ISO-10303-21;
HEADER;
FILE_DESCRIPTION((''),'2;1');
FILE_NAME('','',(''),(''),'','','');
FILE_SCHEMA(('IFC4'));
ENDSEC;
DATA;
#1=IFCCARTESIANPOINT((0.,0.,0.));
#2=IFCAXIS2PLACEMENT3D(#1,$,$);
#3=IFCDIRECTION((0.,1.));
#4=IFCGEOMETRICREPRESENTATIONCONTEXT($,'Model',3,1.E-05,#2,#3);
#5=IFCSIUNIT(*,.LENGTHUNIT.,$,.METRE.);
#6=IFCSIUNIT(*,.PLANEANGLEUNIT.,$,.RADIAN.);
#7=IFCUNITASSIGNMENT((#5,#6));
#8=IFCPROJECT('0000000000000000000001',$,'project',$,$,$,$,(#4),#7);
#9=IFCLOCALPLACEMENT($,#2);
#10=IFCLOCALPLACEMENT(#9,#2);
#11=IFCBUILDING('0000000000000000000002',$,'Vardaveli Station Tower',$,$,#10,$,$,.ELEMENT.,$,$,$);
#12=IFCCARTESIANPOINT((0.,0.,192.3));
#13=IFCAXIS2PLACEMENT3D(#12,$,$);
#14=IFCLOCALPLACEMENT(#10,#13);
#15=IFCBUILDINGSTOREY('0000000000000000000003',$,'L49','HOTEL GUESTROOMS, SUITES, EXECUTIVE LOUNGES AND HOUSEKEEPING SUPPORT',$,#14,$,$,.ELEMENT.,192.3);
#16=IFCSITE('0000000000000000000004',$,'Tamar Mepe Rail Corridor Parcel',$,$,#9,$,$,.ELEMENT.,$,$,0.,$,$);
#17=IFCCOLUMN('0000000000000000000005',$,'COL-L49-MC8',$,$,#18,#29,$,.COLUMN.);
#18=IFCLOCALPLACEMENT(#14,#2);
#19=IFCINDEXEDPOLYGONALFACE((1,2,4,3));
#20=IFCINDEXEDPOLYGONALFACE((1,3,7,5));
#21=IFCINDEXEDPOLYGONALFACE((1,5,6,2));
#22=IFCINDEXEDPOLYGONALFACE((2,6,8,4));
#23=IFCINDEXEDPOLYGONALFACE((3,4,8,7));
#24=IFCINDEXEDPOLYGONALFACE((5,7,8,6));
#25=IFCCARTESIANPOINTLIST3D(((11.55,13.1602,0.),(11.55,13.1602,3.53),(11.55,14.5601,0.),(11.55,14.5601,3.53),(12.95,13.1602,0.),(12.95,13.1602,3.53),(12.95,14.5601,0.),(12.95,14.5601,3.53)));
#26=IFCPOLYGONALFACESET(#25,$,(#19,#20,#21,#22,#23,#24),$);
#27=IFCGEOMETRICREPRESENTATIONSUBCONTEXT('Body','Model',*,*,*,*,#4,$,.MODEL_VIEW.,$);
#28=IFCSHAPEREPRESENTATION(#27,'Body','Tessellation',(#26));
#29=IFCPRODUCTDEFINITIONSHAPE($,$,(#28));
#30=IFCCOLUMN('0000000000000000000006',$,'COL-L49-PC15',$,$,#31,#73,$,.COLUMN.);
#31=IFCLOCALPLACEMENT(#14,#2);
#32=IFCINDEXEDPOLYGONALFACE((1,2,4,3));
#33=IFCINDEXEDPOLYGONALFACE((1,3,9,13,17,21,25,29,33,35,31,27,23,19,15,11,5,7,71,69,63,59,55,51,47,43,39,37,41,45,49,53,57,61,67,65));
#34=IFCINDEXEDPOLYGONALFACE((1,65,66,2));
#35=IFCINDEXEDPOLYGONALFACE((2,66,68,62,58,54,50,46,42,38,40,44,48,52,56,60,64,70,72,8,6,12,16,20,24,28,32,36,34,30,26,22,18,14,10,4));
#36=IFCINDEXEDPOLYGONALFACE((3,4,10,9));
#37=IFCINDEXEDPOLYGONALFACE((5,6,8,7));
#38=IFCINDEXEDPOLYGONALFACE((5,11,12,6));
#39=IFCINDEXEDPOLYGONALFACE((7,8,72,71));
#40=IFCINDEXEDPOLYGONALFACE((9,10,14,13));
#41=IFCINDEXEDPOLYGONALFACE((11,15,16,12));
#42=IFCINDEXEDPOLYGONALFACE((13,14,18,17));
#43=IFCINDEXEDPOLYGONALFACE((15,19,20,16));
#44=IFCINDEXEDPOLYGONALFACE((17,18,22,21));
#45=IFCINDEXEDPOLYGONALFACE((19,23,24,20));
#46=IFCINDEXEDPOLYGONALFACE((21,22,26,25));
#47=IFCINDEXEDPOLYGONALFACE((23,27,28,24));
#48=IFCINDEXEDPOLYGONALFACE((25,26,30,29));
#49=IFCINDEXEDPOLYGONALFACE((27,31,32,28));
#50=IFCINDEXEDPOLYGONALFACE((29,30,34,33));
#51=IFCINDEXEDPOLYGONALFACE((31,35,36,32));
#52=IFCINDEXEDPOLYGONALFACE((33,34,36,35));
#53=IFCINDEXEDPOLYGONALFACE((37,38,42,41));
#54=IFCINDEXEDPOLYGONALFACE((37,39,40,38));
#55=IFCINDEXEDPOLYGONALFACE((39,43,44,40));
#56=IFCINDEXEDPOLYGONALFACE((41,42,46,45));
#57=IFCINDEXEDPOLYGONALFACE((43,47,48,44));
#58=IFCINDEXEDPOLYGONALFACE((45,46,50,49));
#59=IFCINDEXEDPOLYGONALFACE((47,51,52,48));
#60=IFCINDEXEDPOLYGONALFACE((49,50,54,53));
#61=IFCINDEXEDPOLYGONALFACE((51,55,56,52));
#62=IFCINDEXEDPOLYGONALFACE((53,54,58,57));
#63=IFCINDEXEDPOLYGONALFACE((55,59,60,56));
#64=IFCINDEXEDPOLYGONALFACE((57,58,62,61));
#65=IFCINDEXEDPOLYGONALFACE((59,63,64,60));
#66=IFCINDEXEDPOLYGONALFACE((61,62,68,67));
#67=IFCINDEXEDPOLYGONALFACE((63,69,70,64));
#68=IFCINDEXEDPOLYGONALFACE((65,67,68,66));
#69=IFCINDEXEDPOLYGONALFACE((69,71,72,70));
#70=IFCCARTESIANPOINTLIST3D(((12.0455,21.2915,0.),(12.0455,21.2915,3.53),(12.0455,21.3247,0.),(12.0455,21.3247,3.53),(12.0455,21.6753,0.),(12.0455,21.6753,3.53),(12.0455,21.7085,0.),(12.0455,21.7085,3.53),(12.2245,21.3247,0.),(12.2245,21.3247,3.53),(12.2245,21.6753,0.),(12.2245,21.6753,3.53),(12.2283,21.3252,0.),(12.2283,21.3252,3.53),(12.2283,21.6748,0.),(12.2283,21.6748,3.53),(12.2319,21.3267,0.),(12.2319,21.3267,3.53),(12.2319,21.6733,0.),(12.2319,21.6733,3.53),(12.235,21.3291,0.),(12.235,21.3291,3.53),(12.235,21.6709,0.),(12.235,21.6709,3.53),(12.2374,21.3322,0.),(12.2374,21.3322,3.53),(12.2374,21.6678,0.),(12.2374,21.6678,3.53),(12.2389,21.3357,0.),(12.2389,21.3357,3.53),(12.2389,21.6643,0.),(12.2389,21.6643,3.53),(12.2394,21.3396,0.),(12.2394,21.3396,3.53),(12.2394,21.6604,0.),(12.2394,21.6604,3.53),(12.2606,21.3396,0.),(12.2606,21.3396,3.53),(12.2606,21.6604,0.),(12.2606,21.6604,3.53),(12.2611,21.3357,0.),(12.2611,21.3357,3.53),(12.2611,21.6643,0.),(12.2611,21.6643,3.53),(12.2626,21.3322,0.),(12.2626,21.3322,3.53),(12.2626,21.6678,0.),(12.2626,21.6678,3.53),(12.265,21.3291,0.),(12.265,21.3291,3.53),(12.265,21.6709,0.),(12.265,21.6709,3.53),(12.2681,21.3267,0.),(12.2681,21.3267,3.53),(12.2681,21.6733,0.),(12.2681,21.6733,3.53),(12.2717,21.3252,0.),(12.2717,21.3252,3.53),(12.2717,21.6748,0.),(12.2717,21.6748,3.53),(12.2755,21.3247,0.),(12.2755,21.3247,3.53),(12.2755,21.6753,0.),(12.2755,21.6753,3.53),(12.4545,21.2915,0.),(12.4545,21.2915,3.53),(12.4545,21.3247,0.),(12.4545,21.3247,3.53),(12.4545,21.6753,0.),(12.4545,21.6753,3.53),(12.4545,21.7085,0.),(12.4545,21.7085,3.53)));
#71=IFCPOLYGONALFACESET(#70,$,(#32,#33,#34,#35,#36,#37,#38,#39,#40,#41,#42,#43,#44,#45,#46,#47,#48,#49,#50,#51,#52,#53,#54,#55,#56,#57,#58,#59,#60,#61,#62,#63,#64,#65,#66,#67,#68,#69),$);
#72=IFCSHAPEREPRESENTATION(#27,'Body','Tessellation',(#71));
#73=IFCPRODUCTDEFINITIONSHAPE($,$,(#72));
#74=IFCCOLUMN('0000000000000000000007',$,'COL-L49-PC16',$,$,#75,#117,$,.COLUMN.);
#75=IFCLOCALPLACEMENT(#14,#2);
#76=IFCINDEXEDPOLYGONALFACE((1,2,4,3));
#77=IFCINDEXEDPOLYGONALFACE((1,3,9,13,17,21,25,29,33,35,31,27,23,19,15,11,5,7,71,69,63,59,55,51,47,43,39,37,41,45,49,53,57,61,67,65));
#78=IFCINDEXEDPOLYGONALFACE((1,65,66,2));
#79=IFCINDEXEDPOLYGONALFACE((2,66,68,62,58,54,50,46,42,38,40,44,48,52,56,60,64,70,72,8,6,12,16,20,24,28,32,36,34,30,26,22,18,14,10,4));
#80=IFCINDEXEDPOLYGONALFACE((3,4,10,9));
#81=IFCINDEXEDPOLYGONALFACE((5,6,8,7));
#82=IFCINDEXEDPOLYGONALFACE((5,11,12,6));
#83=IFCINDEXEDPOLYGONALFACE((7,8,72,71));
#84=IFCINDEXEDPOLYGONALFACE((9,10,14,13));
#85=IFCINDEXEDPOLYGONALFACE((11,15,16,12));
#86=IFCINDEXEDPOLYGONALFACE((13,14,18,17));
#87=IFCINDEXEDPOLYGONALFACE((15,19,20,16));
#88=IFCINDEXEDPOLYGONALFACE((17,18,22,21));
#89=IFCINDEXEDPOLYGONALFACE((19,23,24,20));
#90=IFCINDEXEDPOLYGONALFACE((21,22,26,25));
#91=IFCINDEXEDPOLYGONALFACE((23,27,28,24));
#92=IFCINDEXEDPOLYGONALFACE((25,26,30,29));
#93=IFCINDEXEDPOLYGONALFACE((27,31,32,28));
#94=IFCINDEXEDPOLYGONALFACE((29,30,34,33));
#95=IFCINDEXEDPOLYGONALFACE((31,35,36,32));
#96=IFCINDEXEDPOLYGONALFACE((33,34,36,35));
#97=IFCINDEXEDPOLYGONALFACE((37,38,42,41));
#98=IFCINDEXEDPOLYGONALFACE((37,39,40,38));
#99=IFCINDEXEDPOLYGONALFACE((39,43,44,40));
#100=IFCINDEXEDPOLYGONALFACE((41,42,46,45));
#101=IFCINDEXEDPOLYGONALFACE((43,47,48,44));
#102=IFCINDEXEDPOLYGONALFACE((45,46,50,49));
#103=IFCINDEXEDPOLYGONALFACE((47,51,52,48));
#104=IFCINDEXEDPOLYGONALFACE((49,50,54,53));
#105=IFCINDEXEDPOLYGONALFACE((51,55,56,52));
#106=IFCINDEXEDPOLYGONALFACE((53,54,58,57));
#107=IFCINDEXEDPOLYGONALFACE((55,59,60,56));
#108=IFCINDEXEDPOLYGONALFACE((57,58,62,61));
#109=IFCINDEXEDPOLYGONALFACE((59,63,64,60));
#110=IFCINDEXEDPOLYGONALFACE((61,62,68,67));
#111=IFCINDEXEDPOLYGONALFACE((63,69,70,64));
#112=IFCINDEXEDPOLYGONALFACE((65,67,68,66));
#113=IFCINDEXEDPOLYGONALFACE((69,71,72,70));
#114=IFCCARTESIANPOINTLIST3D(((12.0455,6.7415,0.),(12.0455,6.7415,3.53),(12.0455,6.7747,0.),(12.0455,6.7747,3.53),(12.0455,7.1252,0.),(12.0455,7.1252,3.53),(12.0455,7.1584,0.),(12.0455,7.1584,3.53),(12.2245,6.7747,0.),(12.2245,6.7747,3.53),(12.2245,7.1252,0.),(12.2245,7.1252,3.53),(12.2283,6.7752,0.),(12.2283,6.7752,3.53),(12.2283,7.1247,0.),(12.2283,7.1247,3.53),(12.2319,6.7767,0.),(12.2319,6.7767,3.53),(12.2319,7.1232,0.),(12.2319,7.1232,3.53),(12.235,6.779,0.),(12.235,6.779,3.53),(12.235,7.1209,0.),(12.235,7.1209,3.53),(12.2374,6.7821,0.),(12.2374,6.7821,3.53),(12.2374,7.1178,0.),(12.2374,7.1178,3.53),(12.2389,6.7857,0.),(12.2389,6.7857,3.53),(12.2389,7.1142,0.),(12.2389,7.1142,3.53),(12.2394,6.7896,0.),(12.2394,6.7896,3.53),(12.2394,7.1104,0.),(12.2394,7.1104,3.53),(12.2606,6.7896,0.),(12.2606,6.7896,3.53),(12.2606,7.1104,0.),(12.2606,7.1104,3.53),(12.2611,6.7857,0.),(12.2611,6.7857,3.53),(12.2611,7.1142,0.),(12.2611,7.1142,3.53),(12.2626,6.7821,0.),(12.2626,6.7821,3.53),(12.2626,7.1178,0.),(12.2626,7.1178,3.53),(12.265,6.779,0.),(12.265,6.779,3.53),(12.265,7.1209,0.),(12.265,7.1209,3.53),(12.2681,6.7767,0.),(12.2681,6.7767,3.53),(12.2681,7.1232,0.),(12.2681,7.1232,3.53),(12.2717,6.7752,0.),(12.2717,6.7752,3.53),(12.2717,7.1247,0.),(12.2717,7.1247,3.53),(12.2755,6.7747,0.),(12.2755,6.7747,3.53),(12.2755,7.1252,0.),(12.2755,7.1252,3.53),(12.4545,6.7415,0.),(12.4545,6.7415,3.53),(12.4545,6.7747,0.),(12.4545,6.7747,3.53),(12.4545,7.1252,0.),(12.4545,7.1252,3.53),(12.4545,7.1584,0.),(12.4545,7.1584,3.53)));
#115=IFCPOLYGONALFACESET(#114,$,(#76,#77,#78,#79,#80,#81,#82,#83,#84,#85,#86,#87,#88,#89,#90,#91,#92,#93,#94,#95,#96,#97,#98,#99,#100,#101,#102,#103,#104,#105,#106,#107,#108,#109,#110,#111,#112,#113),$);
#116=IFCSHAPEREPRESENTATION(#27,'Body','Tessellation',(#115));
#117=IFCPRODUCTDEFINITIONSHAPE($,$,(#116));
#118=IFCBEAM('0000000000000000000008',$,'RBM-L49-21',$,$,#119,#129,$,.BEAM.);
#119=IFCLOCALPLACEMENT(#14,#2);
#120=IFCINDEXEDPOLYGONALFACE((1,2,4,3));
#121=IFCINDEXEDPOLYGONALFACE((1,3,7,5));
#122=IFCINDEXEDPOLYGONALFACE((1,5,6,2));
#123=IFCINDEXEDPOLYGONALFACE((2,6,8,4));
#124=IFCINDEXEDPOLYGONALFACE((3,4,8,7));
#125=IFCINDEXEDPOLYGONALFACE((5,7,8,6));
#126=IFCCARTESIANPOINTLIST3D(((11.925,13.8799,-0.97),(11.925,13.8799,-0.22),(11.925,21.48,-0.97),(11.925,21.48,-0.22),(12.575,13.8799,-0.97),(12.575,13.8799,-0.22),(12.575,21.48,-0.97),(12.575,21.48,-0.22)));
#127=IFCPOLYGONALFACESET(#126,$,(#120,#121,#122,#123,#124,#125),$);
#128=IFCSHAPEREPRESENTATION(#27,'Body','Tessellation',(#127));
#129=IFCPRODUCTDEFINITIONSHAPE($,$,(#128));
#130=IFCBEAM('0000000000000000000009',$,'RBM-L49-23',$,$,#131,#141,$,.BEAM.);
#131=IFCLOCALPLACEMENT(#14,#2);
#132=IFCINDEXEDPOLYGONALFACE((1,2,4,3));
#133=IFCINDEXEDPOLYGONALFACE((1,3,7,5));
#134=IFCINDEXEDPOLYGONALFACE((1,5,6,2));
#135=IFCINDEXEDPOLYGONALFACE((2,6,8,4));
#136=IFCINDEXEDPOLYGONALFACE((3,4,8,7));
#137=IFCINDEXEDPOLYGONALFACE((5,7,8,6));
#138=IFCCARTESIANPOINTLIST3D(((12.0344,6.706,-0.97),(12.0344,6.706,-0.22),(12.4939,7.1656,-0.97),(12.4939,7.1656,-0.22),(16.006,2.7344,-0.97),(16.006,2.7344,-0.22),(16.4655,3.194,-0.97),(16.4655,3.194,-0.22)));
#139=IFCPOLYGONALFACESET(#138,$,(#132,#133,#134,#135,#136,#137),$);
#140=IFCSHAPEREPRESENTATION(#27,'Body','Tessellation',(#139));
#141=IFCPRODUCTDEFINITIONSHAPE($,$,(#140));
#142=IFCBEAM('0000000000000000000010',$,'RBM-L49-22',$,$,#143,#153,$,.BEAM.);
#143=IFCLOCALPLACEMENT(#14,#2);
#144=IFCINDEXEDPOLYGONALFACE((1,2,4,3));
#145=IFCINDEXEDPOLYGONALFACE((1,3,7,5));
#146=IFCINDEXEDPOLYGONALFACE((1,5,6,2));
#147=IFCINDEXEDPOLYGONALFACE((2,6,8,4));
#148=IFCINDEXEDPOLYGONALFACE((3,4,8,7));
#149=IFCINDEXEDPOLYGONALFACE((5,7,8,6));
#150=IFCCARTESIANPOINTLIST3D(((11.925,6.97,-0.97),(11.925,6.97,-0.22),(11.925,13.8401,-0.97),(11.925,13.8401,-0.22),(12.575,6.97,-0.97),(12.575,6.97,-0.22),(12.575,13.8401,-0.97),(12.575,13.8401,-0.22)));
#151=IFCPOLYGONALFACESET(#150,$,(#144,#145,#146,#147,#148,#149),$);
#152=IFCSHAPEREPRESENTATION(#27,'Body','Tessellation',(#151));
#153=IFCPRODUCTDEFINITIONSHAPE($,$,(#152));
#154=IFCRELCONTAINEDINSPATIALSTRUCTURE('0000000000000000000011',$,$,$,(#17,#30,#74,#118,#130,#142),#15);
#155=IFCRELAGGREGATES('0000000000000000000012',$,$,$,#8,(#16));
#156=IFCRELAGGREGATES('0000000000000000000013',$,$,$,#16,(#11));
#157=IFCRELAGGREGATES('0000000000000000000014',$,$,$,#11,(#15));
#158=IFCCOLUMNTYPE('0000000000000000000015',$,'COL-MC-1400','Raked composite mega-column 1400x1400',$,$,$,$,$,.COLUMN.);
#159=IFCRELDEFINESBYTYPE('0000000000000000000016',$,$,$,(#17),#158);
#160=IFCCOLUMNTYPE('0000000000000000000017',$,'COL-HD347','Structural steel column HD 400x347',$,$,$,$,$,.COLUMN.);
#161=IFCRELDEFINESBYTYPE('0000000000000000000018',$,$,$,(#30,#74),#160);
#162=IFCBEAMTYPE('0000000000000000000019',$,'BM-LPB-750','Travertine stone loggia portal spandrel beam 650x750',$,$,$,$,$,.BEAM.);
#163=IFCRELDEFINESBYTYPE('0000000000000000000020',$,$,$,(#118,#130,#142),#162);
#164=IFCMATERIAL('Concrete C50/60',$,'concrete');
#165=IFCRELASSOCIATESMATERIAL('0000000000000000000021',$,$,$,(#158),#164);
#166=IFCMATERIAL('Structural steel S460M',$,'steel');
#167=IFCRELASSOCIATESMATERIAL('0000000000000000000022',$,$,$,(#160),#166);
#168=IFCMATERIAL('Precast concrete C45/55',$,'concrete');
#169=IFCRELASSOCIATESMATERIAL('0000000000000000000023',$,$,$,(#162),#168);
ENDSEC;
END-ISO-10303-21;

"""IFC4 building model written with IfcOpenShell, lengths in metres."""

from ifc_helpers import new_model, si_unit, direction, frame, origin, origin_2d, place, context, subcontext, project, spatial, rectangle, i_section, extrude, source, transform, mapped, material, material_profile, profile_set, type_object, element, save


model = new_model("IFC4")

# Units and contexts
model_context = context("Model", 3, precision=1e-05, world=origin(), true_north=direction((0.0, 1.0)))
body_context = subcontext(model_context, "Body", "Model", "MODEL_VIEW")
ifc_project = project(units=[si_unit("LENGTHUNIT", "METRE"), si_unit("PLANEANGLEUNIT", "RADIAN")], contexts=[model_context])

# Site, building, storey
site_placement = place(None, origin())
site = spatial("IfcSite", under=ifc_project, at=site_placement, Name="Tamar Mepe Rail Corridor Parcel", CompositionType="ELEMENT", RefElevation=0.0)
building_placement = place(site_placement, origin())
building = spatial("IfcBuilding", under=site, at=building_placement, Name="Vardaveli Station Tower", CompositionType="ELEMENT")
storey_placement = place(building_placement, frame((0.0, 0.0, 192.3)))
storey = spatial("IfcBuildingStorey", under=building, at=storey_placement, Name="L49", Description="HOTEL GUESTROOMS, SUITES, EXECUTIVE LOUNGES AND HOUSEKEEPING SUPPORT", CompositionType="ELEMENT", Elevation=192.3)

# Columns
ifc_material_1 = material(Name="Concrete C50/60", Category="concrete")
ifc_material_profile_1 = material_profile(ifc_material_1, rectangle(XDim=1.3999, YDim=1.3999, at=origin_2d()), Name="MC 1400x1400")
ifc_profile_set_1 = profile_set([ifc_material_profile_1], Name="Concrete C50/60")
column_type_1 = type_object("IfcColumnType", Name="COL-MC-1400", Description="Raked composite mega-column 1400x1400", PredefinedType="COLUMN", material=ifc_profile_set_1)
shared_shape_1 = source(origin(), body_context, "Body", "SweptSolid", [
    extrude(rectangle(XDim=1.3999, YDim=1.3999, at=origin_2d()), origin(), (0.0, 0.0, 1.0), 3.53),
])
column_placement = place(storey_placement, frame((12.25, 13.8601, 0.0), z_axis=(0.0, 0.0, 1.0), x_axis=(1.0, 0.0, 0.0)))
element("IfcColumn", 1, at=column_placement, inside=storey, type_object=column_type_1, Name="COL-L49-MC8", PredefinedType="COLUMN", context=body_context, shape_type="MappedRepresentation", body=[
    mapped(shared_shape_1, transform((0.0, 0.0, 0.0), scale=1.0)),
])
ifc_material_2 = material(Name="Structural steel S460M", Category="steel")
ifc_material_profile_2 = material_profile(ifc_material_2, i_section(OverallWidth=0.4089, OverallDepth=0.417, WebThickness=0.0212, FlangeThickness=0.0332, FilletRadius=0.0149, at=origin_2d()), Name="HD 400x347")
ifc_profile_set_2 = profile_set([ifc_material_profile_2], Name="Structural steel S460M")
column_type_2 = type_object("IfcColumnType", Name="COL-HD347", Description="Structural steel column HD 400x347", PredefinedType="COLUMN", material=ifc_profile_set_2)
shared_shape_2 = source(origin(), body_context, "Body", "SweptSolid", [
    extrude(i_section(OverallWidth=0.4089, OverallDepth=0.417, WebThickness=0.0212, FlangeThickness=0.0332, FilletRadius=0.0149, at=origin_2d()), origin(), (0.0, 0.0, 1.0), 3.53),
])
for number, where, z_axis, x_axis, name in (
    (2, (12.25, 21.5, 0.0), (0.0, 0.0, 1.0), (1.0, 0.0, 0.0), "COL-L49-PC15"),
    (3, (12.25, 6.95, 0.0), (0.0, 0.0, 1.0), (1.0, 0.0, 0.0), "COL-L49-PC16"),
):
    element("IfcColumn", number, at=place(storey_placement, frame(where, z_axis=z_axis, x_axis=x_axis)), inside=storey, type_object=column_type_2, Name=name, PredefinedType="COLUMN", context=body_context, shape_type="MappedRepresentation", body=[
        mapped(shared_shape_2, transform((0.0, 0.0, 0.0), scale=1.0)),
    ])

# Beams
ifc_material_3 = material(Name="Precast concrete C45/55", Category="concrete")
ifc_material_profile_3 = material_profile(ifc_material_3, rectangle(XDim=0.6499, YDim=0.75, at=origin_2d()), Name="LPB 650x750")
ifc_profile_set_3 = profile_set([ifc_material_profile_3], Name="Precast concrete C45/55")
beam_type_1 = type_object("IfcBeamType", Name="BM-LPB-750", Description="Travertine stone loggia portal spandrel beam 650x750", PredefinedType="BEAM", material=ifc_profile_set_3)
shared_shape_3 = source(origin(), body_context, "Body", "SweptSolid", [
    extrude(rectangle(XDim=0.6499, YDim=0.75, at=origin_2d()), origin(), (0.0, 0.0, 1.0), 7.6001),
])
beam_1_placement = place(storey_placement, frame((12.25, 21.48, -0.595), z_axis=(0.0, -1.0, 0.0), x_axis=(1.0, 0.0, 0.0)))
element("IfcBeam", 4, at=beam_1_placement, inside=storey, type_object=beam_type_1, Name="RBM-L49-21", PredefinedType="BEAM", context=body_context, shape_type="MappedRepresentation", body=[
    mapped(shared_shape_3, transform((0.0, 0.0, 0.0), scale=1.0)),
])
shared_shape_4 = source(origin(), body_context, "Body", "SweptSolid", [
    extrude(rectangle(XDim=0.6499, YDim=0.75, at=origin_2d()), origin(), (0.0, 0.0, 1.0), 5.6167),
])
beam_2_placement = place(storey_placement, frame((12.2642, 6.9358, -0.595), z_axis=(0.707107, -0.707107, 0.0), x_axis=(0.707107, 0.707107, 0.0)))
element("IfcBeam", 5, at=beam_2_placement, inside=storey, type_object=beam_type_1, Name="RBM-L49-23", PredefinedType="BEAM", context=body_context, shape_type="MappedRepresentation", body=[
    mapped(shared_shape_4, transform((0.0, 0.0, 0.0), scale=1.0)),
])
shared_shape_5 = source(origin(), body_context, "Body", "SweptSolid", [
    extrude(rectangle(XDim=0.6499, YDim=0.75, at=origin_2d()), origin(), (0.0, 0.0, 1.0), 6.8701),
])
beam_3_placement = place(storey_placement, frame((12.25, 13.8401, -0.595), z_axis=(0.0, -1.0, 0.0), x_axis=(1.0, 0.0, 0.0)))
element("IfcBeam", 6, at=beam_3_placement, inside=storey, type_object=beam_type_1, Name="RBM-L49-22", PredefinedType="BEAM", context=body_context, shape_type="MappedRepresentation", body=[
    mapped(shared_shape_5, transform((0.0, 0.0, 0.0), scale=1.0)),
])

save(model, "model.ifc")
